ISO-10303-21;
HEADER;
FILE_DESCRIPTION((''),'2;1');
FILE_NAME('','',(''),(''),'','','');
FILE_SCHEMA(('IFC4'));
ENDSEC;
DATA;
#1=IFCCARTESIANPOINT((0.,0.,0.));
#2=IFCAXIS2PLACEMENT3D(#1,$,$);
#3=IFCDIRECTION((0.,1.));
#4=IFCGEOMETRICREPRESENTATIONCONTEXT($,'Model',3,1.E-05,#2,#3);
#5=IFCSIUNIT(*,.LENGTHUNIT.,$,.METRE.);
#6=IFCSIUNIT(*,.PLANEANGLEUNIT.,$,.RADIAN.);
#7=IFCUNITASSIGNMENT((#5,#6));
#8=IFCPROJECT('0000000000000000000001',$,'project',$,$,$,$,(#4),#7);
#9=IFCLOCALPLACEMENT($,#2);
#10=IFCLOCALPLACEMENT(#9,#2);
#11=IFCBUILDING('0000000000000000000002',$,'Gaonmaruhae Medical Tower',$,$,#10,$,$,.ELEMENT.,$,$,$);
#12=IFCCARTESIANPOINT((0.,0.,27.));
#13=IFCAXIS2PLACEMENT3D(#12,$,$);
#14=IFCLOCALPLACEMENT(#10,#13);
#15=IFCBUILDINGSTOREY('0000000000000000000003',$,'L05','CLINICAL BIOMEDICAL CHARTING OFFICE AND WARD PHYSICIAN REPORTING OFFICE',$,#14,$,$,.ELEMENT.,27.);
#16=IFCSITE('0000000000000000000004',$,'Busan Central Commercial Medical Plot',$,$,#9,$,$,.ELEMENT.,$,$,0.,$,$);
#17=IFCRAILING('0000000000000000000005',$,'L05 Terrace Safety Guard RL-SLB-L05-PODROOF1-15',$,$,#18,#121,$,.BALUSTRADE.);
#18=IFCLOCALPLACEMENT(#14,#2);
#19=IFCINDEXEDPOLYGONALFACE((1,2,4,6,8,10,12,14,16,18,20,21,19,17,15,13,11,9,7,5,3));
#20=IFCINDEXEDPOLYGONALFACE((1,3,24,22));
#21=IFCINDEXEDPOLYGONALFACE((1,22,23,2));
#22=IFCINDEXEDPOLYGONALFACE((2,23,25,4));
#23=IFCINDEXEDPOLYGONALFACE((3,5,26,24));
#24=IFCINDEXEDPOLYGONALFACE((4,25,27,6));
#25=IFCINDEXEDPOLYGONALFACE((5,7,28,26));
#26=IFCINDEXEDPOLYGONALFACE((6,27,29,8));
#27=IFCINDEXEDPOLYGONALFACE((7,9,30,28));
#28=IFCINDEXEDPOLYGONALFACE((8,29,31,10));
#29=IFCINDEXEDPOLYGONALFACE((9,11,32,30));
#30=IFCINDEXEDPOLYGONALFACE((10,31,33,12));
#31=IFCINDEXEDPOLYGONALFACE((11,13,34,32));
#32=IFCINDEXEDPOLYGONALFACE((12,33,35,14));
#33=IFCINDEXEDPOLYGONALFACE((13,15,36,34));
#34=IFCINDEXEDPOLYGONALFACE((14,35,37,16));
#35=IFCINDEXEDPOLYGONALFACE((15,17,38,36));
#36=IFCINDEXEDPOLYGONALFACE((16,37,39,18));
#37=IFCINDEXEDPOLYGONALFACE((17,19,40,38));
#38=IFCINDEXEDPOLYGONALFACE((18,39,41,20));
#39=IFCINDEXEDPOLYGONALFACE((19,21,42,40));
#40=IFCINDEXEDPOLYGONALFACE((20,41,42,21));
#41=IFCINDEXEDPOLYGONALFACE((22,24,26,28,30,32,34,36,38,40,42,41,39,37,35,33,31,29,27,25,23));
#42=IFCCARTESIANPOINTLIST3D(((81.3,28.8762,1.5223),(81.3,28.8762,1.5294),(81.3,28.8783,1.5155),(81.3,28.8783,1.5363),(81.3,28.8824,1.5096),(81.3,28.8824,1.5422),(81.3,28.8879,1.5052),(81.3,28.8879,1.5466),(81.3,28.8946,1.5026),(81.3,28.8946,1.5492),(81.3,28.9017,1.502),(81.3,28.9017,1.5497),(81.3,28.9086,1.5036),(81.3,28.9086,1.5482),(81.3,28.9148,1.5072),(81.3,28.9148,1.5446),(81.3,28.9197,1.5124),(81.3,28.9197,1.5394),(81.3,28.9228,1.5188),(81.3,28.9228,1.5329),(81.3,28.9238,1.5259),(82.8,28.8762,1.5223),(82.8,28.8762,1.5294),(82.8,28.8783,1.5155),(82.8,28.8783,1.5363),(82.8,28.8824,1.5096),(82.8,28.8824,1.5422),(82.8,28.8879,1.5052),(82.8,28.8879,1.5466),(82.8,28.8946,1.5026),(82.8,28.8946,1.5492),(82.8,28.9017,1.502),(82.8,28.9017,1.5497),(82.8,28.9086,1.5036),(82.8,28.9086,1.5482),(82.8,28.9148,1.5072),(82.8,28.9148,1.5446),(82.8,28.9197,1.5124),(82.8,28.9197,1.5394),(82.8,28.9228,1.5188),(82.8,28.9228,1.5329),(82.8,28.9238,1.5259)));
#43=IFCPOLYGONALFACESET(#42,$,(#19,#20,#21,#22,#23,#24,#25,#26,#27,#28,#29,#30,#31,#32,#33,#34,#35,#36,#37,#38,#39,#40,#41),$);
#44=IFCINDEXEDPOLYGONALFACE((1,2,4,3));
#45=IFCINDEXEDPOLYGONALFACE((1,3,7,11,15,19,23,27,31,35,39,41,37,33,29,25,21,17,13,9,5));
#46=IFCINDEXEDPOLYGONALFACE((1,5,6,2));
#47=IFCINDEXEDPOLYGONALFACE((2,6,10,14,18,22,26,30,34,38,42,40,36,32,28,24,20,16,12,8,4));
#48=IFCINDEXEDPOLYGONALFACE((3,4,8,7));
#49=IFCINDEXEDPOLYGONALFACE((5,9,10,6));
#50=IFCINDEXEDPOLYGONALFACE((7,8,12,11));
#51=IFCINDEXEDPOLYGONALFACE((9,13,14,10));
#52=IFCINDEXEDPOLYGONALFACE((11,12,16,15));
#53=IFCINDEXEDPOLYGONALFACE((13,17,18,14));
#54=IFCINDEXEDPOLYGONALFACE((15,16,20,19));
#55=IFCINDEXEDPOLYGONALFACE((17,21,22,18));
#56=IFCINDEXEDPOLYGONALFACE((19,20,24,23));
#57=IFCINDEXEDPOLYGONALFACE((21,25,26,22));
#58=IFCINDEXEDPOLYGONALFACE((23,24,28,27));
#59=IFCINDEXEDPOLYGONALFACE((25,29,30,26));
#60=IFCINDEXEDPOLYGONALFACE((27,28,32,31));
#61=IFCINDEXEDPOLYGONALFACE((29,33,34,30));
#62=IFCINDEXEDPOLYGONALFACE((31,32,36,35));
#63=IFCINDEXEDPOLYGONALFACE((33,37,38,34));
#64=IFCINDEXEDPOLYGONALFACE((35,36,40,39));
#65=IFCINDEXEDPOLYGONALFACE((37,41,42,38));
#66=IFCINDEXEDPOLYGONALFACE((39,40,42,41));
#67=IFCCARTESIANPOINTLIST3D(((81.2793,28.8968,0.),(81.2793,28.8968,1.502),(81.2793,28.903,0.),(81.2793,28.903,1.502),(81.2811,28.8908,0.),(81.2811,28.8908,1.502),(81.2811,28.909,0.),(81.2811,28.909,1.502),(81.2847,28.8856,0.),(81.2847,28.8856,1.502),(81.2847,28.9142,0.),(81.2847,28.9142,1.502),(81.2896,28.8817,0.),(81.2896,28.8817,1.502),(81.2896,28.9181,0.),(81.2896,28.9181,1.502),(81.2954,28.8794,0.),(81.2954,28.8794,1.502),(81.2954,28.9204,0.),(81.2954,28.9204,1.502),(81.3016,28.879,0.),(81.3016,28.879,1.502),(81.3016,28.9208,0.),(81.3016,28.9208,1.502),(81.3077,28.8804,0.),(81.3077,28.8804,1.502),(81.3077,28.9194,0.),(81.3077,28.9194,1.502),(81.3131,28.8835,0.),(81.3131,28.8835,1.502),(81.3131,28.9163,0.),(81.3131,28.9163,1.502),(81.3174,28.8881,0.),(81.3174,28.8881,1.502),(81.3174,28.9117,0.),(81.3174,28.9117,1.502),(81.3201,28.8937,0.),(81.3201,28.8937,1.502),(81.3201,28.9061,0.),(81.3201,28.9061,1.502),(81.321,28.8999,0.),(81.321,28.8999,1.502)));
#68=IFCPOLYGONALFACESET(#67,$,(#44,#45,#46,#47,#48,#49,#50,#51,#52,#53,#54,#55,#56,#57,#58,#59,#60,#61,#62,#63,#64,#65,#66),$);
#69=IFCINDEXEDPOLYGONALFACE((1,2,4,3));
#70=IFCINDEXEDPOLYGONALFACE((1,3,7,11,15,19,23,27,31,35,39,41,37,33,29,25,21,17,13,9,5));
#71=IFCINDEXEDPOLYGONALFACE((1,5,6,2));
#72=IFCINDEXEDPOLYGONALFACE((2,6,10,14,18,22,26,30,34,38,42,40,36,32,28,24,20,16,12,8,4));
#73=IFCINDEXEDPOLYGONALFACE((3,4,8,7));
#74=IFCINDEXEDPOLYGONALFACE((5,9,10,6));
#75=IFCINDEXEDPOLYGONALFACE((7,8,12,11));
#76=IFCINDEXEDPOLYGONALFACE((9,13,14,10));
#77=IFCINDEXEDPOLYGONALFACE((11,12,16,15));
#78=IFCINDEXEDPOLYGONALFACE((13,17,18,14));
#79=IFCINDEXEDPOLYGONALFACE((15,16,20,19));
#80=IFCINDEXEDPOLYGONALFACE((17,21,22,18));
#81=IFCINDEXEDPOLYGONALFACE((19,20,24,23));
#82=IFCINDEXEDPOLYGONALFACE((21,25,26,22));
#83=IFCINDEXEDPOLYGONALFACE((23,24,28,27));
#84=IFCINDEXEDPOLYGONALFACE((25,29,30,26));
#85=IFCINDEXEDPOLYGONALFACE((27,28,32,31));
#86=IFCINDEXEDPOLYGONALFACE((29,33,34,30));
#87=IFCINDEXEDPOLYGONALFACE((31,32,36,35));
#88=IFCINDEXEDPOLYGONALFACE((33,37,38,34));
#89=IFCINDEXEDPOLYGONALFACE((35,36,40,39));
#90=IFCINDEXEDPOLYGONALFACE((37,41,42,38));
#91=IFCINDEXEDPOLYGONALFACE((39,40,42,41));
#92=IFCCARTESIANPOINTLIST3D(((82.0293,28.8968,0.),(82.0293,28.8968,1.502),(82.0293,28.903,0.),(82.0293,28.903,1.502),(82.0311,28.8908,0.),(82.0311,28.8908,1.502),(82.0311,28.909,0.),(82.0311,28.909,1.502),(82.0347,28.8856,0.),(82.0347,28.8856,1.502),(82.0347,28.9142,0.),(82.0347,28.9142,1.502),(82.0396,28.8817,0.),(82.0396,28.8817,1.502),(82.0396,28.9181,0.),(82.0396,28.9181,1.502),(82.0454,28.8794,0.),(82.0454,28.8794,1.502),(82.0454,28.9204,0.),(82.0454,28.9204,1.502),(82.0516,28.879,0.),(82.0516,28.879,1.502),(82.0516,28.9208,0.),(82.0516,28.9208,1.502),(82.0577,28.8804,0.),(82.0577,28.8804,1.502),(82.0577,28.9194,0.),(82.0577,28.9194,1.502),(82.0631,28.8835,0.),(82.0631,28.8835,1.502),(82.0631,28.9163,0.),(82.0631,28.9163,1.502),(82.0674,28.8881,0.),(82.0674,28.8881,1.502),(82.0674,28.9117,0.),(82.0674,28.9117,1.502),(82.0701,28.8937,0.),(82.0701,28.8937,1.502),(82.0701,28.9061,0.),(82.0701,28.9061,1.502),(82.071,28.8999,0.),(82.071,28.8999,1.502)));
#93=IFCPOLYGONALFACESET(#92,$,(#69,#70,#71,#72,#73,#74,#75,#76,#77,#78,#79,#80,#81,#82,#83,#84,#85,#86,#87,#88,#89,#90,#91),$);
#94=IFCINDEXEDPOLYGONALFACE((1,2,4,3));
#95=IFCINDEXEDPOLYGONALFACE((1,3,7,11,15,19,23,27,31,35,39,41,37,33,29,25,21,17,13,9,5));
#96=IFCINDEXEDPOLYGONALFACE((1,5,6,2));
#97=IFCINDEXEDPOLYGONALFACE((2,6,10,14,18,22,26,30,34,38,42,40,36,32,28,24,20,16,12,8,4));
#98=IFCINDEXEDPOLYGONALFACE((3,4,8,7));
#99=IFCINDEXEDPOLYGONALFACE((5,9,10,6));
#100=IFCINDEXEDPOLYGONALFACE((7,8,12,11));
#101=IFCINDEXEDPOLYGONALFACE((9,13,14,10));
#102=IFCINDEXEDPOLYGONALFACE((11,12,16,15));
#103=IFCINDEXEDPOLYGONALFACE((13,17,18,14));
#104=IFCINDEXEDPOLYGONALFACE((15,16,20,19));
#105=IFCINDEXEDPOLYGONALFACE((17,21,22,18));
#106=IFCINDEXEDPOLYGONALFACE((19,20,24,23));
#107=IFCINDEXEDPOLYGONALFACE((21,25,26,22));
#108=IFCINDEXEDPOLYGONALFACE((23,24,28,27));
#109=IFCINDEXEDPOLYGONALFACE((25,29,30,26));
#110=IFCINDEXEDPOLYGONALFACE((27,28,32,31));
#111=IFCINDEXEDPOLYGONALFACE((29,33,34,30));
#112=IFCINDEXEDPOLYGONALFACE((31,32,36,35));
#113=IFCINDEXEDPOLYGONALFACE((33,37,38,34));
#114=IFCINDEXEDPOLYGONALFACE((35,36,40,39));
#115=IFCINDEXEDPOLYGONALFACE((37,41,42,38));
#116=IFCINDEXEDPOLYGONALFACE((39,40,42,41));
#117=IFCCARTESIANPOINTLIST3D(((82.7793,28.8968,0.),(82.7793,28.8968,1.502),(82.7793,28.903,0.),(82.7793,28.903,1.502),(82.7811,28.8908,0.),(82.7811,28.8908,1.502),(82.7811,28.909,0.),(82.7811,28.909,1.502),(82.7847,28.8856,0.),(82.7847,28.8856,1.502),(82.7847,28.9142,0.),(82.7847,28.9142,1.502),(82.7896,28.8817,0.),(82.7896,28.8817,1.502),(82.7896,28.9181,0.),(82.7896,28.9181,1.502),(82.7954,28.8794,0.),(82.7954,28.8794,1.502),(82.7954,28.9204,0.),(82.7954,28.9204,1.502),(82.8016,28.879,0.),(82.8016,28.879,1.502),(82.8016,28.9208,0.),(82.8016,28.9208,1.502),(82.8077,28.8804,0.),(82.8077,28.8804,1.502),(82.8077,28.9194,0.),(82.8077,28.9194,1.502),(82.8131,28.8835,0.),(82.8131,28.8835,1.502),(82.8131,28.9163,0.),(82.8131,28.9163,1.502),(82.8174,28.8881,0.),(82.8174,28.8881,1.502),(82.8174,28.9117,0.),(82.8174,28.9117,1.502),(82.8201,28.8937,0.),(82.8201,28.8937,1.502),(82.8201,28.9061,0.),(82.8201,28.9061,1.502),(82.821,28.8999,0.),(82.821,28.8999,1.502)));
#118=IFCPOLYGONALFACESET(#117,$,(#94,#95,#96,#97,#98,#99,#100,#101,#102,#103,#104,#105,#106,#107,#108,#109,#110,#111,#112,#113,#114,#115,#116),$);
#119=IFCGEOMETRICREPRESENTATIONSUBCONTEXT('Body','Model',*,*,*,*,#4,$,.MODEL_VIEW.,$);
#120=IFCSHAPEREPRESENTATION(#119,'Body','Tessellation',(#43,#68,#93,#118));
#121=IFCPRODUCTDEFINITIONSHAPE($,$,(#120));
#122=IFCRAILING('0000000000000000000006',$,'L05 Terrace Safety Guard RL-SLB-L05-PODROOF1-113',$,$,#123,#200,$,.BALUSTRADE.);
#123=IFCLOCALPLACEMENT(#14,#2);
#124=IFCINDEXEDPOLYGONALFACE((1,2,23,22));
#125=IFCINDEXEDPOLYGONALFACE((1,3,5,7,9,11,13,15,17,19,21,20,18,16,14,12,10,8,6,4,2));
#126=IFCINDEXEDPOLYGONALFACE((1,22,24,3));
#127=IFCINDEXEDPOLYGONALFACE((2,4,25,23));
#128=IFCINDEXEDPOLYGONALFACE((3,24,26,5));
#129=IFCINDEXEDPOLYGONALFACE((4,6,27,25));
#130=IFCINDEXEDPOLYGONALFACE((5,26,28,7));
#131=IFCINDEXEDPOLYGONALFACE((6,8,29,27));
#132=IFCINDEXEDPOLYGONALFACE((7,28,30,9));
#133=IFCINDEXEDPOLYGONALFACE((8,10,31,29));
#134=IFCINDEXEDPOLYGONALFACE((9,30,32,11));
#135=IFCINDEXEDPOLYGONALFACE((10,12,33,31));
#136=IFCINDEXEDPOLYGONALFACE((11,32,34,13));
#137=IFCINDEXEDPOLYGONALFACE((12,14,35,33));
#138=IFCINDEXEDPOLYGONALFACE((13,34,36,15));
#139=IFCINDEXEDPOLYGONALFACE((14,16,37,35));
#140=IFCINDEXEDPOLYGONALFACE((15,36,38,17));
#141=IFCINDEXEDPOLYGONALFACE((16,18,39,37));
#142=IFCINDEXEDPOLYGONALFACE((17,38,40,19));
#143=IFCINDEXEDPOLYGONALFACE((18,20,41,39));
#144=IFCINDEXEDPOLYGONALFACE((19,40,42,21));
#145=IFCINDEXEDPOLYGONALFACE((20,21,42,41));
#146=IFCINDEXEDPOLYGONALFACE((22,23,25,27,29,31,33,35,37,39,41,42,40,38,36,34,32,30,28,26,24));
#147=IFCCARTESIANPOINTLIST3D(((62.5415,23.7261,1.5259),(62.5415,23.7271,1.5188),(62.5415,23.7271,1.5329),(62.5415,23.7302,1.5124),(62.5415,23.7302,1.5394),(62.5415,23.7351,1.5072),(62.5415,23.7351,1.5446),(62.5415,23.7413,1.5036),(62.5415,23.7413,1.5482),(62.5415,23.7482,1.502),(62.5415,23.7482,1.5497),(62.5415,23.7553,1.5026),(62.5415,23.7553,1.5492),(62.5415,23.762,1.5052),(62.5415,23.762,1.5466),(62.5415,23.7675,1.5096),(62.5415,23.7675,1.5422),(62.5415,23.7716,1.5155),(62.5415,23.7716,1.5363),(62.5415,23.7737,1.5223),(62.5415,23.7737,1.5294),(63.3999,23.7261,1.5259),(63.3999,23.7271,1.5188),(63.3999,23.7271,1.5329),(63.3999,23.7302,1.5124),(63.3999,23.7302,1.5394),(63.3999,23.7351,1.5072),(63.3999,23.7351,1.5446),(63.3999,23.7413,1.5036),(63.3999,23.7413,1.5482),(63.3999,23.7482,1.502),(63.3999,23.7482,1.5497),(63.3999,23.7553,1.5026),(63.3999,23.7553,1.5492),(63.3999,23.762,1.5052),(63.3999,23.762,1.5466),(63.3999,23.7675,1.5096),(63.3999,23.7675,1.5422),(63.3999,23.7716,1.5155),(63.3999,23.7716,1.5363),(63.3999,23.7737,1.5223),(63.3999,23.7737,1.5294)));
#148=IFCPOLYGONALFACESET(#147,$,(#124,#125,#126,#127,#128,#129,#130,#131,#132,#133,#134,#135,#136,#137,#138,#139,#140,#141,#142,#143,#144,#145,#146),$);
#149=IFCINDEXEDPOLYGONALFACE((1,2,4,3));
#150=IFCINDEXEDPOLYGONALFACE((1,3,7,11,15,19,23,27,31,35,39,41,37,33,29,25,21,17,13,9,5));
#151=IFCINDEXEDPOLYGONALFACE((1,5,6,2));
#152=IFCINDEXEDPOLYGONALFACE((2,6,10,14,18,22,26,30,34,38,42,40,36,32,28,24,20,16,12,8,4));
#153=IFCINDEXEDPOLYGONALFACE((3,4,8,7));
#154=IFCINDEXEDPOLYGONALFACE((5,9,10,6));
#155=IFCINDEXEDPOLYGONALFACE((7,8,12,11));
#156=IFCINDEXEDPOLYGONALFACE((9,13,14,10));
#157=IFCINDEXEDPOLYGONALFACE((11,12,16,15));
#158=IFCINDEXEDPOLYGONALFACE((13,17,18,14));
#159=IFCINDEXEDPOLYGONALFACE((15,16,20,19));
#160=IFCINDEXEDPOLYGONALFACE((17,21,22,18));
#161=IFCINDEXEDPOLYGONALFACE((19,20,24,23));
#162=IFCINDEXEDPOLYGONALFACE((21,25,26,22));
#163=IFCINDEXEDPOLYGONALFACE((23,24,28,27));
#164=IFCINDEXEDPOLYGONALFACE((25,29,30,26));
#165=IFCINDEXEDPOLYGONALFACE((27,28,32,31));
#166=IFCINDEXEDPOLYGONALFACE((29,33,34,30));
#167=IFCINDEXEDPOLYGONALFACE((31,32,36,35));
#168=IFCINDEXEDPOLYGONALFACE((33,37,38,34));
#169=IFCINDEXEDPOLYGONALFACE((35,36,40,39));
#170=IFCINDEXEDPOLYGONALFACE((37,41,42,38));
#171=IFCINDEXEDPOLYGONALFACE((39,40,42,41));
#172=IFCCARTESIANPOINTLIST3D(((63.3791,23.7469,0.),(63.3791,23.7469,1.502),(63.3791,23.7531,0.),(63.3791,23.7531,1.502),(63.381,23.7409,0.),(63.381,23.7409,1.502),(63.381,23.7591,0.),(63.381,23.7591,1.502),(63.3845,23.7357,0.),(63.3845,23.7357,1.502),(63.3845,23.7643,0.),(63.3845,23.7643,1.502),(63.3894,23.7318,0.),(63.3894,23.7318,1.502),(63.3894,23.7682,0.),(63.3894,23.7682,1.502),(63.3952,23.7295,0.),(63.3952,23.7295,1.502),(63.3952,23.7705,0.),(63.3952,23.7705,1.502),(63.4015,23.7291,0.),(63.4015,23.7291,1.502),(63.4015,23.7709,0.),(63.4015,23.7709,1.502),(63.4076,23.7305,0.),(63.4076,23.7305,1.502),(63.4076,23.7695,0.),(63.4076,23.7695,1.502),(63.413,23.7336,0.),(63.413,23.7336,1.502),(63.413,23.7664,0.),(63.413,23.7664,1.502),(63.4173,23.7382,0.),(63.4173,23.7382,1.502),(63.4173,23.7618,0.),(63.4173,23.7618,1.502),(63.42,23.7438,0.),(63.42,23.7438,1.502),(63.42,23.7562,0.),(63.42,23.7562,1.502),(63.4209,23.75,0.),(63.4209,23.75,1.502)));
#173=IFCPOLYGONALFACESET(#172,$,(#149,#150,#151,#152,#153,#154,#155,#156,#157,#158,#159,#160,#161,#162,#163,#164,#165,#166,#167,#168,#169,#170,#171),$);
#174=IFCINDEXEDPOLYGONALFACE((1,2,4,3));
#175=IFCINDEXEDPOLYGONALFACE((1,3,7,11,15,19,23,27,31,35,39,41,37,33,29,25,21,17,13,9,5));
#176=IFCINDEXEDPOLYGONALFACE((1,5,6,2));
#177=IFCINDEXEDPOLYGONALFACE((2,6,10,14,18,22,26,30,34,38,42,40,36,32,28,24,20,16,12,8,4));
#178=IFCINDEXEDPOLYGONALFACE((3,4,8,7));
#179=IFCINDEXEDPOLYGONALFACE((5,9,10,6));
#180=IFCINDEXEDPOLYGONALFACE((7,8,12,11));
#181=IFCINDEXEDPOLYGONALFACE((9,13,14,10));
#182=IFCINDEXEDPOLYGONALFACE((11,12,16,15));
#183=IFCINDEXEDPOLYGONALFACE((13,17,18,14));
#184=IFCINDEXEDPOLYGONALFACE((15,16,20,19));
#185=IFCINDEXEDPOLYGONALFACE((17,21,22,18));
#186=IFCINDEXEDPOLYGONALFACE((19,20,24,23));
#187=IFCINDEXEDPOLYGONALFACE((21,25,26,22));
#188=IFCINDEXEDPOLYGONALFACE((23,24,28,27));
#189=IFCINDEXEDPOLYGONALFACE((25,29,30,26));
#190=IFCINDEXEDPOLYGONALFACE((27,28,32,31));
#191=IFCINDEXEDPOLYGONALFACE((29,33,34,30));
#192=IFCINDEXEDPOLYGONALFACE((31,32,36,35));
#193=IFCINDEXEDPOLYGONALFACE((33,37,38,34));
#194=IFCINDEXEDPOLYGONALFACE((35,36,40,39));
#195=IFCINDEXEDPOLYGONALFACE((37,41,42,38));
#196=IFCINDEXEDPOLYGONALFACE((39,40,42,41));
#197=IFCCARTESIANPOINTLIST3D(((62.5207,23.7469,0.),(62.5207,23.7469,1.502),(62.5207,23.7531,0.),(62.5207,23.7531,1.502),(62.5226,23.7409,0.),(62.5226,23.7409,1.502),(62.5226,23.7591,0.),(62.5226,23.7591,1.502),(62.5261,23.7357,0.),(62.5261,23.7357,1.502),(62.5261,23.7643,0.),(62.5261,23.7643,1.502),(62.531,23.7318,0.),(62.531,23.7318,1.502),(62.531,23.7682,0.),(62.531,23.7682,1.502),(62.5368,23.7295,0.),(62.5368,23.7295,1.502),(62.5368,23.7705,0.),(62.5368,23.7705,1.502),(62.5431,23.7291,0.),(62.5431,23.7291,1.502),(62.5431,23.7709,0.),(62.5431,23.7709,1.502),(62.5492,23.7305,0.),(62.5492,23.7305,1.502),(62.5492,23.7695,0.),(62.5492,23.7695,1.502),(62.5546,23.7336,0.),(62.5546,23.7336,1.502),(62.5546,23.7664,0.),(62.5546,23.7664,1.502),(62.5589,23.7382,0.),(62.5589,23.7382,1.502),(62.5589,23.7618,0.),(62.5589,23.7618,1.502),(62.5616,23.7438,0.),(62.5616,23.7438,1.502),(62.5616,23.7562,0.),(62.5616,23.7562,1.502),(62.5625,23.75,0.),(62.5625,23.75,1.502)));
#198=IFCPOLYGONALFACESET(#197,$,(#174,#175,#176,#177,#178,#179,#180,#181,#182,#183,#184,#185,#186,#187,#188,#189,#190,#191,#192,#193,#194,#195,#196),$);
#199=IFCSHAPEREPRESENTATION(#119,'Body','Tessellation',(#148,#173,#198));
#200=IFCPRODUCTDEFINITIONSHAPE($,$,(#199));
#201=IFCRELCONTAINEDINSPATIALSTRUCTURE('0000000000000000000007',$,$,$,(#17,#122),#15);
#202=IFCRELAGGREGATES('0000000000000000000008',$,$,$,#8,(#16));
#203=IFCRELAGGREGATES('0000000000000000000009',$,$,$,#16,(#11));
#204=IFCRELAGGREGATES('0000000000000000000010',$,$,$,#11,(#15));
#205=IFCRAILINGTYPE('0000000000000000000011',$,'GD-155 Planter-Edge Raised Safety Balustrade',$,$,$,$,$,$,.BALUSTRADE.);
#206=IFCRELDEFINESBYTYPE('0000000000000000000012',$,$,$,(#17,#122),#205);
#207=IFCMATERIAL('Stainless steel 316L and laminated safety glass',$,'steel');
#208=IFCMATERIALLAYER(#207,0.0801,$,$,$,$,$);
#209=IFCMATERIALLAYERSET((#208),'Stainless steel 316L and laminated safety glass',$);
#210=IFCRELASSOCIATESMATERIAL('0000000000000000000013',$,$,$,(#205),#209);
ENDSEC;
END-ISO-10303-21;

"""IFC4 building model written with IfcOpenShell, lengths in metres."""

from ifc_helpers import new_model, si_unit, direction, frame, origin, origin_2d, place, context, subcontext, project, spatial, circle, extrude, material, layer, layer_set, type_object, element, save


model = new_model("IFC4")

# Units and contexts
model_context = context("Model", 3, precision=1e-05, world=origin(), true_north=direction((0.0, 1.0)))
body_context = subcontext(model_context, "Body", "Model", "MODEL_VIEW")
ifc_project = project(units=[si_unit("LENGTHUNIT", "METRE"), si_unit("PLANEANGLEUNIT", "RADIAN")], contexts=[model_context])

# Site, building, storey
site_placement = place(None, origin())
site = spatial("IfcSite", under=ifc_project, at=site_placement, Name="Busan Central Commercial Medical Plot", CompositionType="ELEMENT", RefElevation=0.0)
building_placement = place(site_placement, origin())
building = spatial("IfcBuilding", under=site, at=building_placement, Name="Gaonmaruhae Medical Tower", CompositionType="ELEMENT")
storey_placement = place(building_placement, frame((0.0, 0.0, 27.0)))
storey = spatial("IfcBuildingStorey", under=building, at=storey_placement, Name="L05", Description="CLINICAL BIOMEDICAL CHARTING OFFICE AND WARD PHYSICIAN REPORTING OFFICE", CompositionType="ELEMENT", Elevation=27.0)

# Railings
ifc_material_1 = material(Name="Stainless steel 316L and laminated safety glass", Category="steel")
ifc_layer_1 = layer(ifc_material_1, 0.0801)
ifc_layer_set_1 = layer_set([ifc_layer_1], Name="Stainless steel 316L and laminated safety glass")
railing_type_1 = type_object("IfcRailingType", Name="GD-155 Planter-Edge Raised Safety Balustrade", PredefinedType="BALUSTRADE", material=ifc_layer_set_1)
railing_1_placement = place(storey_placement, frame((81.3, 28.8999, 0.0)))
element("IfcRailing", 1, at=railing_1_placement, inside=storey, type_object=railing_type_1, Name="L05 Terrace Safety Guard RL-SLB-L05-PODROOF1-15", PredefinedType="BALUSTRADE", context=body_context, shape_type="SweptSolid", body=[
    extrude(circle(Radius=0.0239, at=origin_2d()), frame((0.0, 0.0, 1.5259), z_axis=(1.0, 0.0, 0.0), x_axis=(0.0, 1.0, 0.0)), (0.0, 0.0, 1.0), 1.5),
    extrude(circle(Radius=0.021, at=origin_2d()), origin(), (0.0, 0.0, 1.0), 1.502),
    extrude(circle(Radius=0.021, at=origin_2d()), frame((0.75, 0.0, 0.0)), (0.0, 0.0, 1.0), 1.502),
    extrude(circle(Radius=0.021, at=origin_2d()), frame((1.5, 0.0, 0.0)), (0.0, 0.0, 1.0), 1.502),
])
railing_2_placement = place(storey_placement, frame((63.3999, 23.75, 0.0)))
element("IfcRailing", 2, at=railing_2_placement, inside=storey, type_object=railing_type_1, Name="L05 Terrace Safety Guard RL-SLB-L05-PODROOF1-113", PredefinedType="BALUSTRADE", context=body_context, shape_type="SweptSolid", body=[
    extrude(circle(Radius=0.0239, at=origin_2d()), frame((0.0, 0.0, 1.5259), z_axis=(-1.0, 0.0, 0.0), x_axis=(0.0, -1.0, 0.0)), (0.0, 0.0, 1.0), 0.8584),
    extrude(circle(Radius=0.021, at=origin_2d()), origin(), (0.0, 0.0, 1.0), 1.502),
    extrude(circle(Radius=0.021, at=origin_2d()), frame((-0.8584, 0.0, 0.0)), (0.0, 0.0, 1.0), 1.502),
])

save(model, "model.ifc")
